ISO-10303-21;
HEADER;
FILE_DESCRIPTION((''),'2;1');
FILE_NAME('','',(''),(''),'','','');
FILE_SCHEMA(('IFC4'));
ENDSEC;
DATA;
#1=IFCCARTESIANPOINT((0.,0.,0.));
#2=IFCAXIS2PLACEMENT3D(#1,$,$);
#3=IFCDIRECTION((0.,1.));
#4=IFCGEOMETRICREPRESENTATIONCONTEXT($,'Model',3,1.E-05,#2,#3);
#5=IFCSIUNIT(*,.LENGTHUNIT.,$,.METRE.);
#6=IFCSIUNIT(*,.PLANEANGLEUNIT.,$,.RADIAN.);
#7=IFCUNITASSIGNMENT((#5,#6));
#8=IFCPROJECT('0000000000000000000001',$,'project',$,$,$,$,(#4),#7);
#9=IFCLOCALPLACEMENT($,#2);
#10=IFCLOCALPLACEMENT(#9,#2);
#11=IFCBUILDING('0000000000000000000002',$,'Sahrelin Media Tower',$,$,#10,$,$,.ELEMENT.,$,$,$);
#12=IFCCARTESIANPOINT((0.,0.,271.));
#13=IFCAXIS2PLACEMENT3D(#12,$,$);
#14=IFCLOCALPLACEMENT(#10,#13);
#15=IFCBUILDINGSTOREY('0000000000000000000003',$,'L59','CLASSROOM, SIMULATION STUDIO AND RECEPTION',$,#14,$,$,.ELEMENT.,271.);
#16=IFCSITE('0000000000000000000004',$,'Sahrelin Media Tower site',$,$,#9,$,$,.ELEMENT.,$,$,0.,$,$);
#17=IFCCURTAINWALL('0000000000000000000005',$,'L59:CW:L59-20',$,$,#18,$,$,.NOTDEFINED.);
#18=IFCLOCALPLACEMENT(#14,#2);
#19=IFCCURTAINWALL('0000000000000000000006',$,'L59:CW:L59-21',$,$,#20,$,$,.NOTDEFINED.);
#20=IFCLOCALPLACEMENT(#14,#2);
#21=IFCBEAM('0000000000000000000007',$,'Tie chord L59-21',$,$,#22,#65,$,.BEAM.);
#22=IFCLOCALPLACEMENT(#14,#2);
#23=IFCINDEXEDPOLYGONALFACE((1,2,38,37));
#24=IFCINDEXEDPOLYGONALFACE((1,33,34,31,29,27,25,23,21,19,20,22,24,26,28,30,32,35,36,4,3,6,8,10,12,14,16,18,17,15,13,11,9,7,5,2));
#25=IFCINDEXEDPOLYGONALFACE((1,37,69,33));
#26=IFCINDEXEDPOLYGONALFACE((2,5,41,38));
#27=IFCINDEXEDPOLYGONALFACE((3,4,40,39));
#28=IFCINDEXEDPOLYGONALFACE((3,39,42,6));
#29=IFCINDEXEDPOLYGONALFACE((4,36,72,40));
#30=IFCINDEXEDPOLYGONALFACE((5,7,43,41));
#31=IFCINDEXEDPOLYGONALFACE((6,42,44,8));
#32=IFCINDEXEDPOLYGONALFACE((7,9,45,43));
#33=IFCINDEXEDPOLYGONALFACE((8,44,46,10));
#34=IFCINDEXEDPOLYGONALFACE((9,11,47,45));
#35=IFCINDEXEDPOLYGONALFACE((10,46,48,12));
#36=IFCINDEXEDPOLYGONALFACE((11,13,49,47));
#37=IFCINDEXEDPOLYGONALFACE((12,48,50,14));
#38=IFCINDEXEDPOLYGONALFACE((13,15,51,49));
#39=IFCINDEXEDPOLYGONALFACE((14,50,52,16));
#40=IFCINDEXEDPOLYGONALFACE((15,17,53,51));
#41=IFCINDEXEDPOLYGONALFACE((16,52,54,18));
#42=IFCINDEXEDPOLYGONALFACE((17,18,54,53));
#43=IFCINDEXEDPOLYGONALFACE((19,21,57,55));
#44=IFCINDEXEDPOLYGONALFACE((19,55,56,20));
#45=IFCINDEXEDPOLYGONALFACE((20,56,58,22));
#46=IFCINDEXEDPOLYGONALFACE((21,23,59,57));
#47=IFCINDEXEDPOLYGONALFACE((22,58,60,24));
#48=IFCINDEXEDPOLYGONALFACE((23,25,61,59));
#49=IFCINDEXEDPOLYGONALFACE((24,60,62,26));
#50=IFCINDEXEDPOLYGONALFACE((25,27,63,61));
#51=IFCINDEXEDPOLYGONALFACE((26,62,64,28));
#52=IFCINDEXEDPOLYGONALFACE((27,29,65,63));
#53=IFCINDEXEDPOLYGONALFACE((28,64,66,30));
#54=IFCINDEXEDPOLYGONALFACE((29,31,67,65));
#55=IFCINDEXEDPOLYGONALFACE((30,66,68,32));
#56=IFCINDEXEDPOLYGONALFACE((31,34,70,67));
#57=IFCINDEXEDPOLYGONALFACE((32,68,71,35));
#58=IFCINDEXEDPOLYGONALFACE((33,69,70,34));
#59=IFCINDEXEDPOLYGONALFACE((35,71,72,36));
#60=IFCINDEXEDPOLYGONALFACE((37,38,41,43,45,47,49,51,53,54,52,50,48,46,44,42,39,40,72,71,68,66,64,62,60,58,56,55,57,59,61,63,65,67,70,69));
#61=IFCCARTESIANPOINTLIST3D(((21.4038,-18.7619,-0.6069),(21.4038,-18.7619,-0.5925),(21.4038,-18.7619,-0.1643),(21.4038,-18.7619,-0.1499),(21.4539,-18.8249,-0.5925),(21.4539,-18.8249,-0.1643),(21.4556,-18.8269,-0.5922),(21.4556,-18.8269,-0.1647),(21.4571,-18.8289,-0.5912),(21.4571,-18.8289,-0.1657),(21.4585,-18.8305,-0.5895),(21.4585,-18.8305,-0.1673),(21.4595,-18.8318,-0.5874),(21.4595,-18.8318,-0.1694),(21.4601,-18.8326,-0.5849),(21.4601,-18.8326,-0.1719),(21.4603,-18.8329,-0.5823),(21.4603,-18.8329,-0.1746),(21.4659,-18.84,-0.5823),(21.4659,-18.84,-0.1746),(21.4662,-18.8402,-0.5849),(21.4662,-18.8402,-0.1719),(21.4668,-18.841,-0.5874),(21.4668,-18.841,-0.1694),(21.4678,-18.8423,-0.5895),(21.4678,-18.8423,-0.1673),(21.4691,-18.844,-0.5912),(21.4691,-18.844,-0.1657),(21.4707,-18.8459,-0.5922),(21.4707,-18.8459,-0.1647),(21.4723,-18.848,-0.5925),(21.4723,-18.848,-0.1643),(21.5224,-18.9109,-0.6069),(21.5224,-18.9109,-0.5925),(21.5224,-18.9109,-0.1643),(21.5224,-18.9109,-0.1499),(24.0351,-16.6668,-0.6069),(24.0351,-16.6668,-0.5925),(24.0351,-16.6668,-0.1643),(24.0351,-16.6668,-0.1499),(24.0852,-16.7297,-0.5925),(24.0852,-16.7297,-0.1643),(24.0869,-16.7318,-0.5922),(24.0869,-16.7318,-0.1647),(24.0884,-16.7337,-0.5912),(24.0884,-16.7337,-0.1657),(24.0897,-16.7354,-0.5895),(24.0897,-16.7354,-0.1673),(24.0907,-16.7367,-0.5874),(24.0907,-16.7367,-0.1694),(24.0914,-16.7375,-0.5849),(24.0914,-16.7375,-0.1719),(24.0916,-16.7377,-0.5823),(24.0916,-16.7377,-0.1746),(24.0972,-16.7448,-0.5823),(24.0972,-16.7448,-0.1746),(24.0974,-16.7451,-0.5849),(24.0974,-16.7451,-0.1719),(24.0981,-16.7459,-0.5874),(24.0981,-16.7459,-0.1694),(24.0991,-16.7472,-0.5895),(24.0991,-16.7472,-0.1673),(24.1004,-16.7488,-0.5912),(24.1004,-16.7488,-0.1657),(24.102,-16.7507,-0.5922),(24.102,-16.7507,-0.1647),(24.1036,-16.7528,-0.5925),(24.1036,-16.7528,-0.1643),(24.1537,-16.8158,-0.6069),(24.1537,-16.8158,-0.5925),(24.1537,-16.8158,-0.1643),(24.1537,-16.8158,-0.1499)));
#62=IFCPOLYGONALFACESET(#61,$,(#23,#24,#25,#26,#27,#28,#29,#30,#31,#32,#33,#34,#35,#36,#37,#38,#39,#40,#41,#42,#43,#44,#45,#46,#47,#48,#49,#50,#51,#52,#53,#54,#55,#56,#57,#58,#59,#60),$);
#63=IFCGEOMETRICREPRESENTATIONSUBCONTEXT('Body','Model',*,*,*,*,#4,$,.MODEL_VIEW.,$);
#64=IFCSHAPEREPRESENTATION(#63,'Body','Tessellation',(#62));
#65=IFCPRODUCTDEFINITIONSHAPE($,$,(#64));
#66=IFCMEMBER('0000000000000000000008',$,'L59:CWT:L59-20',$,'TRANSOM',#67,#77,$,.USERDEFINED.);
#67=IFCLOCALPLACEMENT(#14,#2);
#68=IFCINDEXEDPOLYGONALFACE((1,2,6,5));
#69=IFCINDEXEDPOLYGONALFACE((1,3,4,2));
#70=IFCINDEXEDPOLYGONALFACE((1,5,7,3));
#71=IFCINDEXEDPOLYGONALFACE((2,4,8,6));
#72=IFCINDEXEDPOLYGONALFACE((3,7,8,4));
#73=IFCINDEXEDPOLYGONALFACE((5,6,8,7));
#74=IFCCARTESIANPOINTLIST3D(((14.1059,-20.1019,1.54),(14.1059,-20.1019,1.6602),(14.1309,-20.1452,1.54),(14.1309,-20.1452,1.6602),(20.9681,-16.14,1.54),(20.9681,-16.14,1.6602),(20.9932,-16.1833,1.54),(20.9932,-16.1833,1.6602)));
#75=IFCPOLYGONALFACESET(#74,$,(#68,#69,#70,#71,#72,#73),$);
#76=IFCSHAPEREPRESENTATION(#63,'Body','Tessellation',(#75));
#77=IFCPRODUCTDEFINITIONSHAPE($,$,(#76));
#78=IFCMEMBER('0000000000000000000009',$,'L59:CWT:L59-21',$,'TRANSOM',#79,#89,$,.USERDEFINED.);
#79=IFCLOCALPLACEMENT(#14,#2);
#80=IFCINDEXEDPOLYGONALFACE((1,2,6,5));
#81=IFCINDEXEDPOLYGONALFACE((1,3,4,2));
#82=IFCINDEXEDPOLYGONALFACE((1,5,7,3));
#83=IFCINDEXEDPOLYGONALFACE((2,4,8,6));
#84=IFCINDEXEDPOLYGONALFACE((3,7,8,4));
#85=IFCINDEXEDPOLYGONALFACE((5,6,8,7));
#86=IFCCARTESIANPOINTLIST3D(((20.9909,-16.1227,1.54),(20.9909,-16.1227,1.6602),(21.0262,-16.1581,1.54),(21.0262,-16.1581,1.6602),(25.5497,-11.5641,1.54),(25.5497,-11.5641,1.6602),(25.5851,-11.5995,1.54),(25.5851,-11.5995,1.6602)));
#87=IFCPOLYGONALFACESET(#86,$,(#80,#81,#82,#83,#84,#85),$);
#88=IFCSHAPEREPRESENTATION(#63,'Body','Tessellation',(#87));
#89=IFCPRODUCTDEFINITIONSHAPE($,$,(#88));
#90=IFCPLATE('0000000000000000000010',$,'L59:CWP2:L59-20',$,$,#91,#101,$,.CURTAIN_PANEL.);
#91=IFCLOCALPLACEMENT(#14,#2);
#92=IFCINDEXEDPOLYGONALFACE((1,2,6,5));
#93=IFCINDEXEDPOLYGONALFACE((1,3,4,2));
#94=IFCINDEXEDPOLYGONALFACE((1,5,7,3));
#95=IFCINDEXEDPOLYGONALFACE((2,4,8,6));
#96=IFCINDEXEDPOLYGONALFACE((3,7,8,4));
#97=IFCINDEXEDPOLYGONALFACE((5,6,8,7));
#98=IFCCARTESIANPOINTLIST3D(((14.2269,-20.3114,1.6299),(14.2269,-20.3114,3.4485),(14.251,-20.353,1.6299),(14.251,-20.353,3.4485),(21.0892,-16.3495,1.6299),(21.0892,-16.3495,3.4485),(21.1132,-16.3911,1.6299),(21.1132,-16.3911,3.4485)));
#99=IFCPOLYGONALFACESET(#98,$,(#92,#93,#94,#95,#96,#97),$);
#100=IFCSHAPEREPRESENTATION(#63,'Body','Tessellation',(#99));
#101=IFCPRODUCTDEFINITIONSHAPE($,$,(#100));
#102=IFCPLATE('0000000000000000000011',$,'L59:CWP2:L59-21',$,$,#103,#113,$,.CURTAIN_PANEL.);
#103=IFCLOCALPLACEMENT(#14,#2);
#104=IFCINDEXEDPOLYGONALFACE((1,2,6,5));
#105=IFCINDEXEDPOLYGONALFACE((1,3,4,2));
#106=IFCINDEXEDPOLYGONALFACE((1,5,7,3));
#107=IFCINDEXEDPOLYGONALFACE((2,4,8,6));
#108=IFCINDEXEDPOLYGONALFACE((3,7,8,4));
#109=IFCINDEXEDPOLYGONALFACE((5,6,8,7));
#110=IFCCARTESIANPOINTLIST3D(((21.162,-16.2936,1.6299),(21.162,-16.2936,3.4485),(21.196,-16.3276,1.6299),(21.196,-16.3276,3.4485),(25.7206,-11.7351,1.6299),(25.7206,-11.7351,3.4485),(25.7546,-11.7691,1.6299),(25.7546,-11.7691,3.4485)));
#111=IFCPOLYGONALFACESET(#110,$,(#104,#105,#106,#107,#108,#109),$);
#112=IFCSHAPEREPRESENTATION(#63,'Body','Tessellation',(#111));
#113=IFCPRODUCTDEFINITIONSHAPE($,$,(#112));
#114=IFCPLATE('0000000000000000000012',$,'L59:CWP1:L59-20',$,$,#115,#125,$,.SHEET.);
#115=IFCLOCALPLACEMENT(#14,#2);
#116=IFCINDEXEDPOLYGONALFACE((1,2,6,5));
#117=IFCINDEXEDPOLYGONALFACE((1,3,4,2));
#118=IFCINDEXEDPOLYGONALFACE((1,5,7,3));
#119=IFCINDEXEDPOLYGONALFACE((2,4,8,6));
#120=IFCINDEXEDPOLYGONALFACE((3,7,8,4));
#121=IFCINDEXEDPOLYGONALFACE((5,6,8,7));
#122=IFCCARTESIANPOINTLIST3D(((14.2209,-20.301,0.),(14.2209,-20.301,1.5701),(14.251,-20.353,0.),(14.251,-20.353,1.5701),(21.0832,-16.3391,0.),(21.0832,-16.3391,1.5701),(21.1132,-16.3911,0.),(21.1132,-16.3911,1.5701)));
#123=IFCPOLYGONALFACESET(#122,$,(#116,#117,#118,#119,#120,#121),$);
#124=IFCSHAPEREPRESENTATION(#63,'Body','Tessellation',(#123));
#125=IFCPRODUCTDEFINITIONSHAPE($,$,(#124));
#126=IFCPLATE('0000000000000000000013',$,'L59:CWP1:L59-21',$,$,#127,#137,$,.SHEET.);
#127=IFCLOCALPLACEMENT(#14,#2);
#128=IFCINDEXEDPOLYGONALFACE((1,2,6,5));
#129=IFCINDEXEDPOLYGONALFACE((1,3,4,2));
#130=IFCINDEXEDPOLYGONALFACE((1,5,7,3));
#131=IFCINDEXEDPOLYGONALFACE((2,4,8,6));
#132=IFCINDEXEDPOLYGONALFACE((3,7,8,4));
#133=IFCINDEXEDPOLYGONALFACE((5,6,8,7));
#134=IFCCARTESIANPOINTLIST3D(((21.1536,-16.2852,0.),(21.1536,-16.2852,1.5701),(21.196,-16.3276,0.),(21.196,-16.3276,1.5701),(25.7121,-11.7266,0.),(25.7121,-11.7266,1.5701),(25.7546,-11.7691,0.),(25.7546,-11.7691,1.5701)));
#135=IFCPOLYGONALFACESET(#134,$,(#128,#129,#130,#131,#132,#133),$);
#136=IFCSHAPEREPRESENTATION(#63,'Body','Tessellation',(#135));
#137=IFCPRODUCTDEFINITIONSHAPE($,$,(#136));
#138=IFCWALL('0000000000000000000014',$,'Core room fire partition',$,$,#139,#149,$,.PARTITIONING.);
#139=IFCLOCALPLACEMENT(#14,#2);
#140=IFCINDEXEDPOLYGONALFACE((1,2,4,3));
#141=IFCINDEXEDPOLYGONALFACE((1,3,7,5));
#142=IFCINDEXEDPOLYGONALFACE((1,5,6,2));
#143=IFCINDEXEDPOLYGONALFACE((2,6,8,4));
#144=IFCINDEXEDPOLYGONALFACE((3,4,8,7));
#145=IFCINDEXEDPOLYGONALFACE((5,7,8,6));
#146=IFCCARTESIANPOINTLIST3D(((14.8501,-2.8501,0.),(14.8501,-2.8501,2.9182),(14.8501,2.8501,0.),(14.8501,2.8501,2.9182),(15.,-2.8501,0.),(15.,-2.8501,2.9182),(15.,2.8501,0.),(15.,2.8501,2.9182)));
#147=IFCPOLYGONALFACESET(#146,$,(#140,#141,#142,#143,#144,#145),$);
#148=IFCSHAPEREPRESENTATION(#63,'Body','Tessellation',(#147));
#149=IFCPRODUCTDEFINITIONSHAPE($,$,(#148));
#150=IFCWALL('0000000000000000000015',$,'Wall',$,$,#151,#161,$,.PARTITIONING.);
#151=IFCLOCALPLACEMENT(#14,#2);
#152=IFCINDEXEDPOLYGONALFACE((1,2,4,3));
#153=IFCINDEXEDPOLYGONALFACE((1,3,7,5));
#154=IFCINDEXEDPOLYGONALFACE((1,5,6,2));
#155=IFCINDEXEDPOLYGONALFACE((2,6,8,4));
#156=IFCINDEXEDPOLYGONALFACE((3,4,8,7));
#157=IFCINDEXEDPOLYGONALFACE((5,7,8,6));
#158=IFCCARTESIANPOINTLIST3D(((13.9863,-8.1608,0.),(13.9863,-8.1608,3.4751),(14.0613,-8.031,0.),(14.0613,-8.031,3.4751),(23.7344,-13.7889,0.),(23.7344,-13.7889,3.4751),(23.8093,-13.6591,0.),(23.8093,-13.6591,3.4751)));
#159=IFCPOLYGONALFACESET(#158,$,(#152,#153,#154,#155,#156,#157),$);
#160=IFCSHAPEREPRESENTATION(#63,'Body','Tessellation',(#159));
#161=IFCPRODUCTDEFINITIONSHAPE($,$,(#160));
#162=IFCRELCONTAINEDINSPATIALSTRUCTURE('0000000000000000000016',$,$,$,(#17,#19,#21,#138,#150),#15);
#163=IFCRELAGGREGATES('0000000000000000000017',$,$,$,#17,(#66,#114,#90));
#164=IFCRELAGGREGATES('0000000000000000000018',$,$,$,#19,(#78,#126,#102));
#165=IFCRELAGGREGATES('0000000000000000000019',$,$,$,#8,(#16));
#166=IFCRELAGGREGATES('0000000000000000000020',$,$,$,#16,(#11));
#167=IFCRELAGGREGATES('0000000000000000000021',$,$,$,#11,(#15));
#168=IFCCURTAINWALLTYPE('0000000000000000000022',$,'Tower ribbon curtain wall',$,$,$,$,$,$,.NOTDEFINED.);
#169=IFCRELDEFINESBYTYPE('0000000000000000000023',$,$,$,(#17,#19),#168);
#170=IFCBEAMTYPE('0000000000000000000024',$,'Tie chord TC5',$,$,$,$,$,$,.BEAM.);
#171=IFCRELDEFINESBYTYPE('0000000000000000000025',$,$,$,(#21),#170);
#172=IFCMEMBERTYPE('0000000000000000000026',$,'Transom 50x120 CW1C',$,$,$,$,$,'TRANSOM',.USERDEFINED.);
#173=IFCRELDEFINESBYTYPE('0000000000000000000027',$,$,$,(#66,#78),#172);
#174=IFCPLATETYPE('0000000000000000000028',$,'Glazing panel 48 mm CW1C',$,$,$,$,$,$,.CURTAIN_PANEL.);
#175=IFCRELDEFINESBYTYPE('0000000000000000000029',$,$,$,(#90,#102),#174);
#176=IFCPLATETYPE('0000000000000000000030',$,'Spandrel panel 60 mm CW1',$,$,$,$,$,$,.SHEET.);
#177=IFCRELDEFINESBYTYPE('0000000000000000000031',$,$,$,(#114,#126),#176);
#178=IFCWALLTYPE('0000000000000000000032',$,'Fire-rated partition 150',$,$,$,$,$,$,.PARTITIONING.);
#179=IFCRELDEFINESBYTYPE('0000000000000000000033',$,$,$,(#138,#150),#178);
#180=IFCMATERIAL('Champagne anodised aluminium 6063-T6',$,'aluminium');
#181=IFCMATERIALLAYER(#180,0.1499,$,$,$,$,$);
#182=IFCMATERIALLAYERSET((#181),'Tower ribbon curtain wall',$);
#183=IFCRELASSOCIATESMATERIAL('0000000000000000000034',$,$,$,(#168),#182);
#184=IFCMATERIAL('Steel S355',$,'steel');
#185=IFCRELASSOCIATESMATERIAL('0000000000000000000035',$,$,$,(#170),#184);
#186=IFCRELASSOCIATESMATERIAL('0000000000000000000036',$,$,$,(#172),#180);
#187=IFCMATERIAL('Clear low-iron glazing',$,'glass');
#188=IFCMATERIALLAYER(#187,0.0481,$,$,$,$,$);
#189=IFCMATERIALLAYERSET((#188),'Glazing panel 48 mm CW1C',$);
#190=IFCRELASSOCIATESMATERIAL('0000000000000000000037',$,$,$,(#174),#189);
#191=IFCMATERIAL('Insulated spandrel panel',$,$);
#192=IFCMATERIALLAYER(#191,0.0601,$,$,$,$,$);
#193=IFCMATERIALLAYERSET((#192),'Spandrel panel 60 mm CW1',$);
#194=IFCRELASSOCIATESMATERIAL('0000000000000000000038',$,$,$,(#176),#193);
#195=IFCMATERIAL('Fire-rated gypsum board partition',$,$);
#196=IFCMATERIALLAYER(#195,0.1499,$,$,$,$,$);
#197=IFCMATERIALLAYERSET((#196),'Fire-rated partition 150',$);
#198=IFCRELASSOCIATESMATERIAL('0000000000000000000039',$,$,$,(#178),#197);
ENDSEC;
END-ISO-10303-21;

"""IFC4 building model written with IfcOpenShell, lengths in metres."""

from ifc_helpers import new_model, si_unit, direction, frame, frame_2d, origin, origin_2d, place, context, subcontext, project, spatial, polyline, rectangle, i_section, outline, extrude, material, layer, layer_set, material_profile, profile_set, type_object, element, aggregate, save


model = new_model("IFC4")

# Units and contexts
model_context = context("Model", 3, precision=1e-05, world=origin(), true_north=direction((0.0, 1.0)))
body_context = subcontext(model_context, "Body", "Model", "MODEL_VIEW")
ifc_project = project(units=[si_unit("LENGTHUNIT", "METRE"), si_unit("PLANEANGLEUNIT", "RADIAN")], contexts=[model_context])

# Site, building, storey
site_placement = place(None, origin())
site = spatial("IfcSite", under=ifc_project, at=site_placement, Name="Sahrelin Media Tower site", CompositionType="ELEMENT", RefElevation=0.0)
building_placement = place(site_placement, origin())
building = spatial("IfcBuilding", under=site, at=building_placement, Name="Sahrelin Media Tower", CompositionType="ELEMENT")
storey_placement = place(building_placement, frame((0.0, 0.0, 271.0)))
storey = spatial("IfcBuildingStorey", under=building, at=storey_placement, Name="L59", Description="CLASSROOM, SIMULATION STUDIO AND RECEPTION", CompositionType="ELEMENT", Elevation=271.0)

# Shared definitions
ifc_material_1 = material(Name="Steel S355", Category="steel")

# Curtain walls
ifc_material_2 = material(Name="Champagne anodised aluminium 6063-T6", Category="aluminium")
ifc_layer_1 = layer(ifc_material_2, 0.1499)
ifc_layer_set_1 = layer_set([ifc_layer_1], Name="Tower ribbon curtain wall")
curtain_wall_type = type_object("IfcCurtainWallType", Name="Tower ribbon curtain wall", PredefinedType="NOTDEFINED", material=ifc_layer_set_1)
curtain_wall_1_placement = place(storey_placement, frame((17.6721, -18.3547, 0.0), z_axis=(0.0, 0.0, 1.0), x_axis=(1.0, 0.0, 0.0)))
curtain_wall_1 = element("IfcCurtainWall", 1, at=curtain_wall_1_placement, inside=storey, type_object=curtain_wall_type, Name="L59:CW:L59-20", PredefinedType="NOTDEFINED")
curtain_wall_2_placement = place(storey_placement, frame((23.4612, -14.0342, 0.0), z_axis=(0.0, 0.0, 1.0), x_axis=(1.0, 0.0, 0.0)))
curtain_wall_2 = element("IfcCurtainWall", 2, at=curtain_wall_2_placement, inside=storey, type_object=curtain_wall_type, Name="L59:CW:L59-21", PredefinedType="NOTDEFINED")

# Beam
ifc_material_profile_1 = material_profile(ifc_material_1, i_section(OverallWidth=0.1904, OverallDepth=0.457, WebThickness=0.009, FlangeThickness=0.0144, FilletRadius=0.0103, at=origin_2d()), Name="UB 457x191x74")
ifc_profile_set_1 = profile_set([ifc_material_profile_1], Name="Steel S355")
beam_type_1 = type_object("IfcBeamType", Name="Tie chord TC5", PredefinedType="BEAM", material=ifc_profile_set_1)
beam_1_placement = place(storey_placement, frame((21.4631, -18.8364, -0.3784), z_axis=(0.782297, 0.622905, 0.0), x_axis=(-0.622905, 0.782297, 0.0)))
element("IfcBeam", 3, at=beam_1_placement, inside=storey, type_object=beam_type_1, Name="Tie chord L59-21", PredefinedType="BEAM", context=body_context, shape_type="SweptSolid", body=[
    extrude(i_section(OverallWidth=0.1904, OverallDepth=0.457, WebThickness=0.009, FlangeThickness=0.0144, FilletRadius=0.0103, at=origin_2d()), origin(), (0.0, 0.0, 1.0), 3.3635),
])

# Members
ifc_material_profile_2 = material_profile(ifc_material_2, rectangle(XDim=0.05, YDim=0.1201, at=origin_2d()), Name="Transom 50x120")
ifc_profile_set_2 = profile_set([ifc_material_profile_2], Name="Champagne anodised aluminium 6063-T6")
member_type_1 = type_object("IfcMemberType", Name="Transom 50x120 CW1C", ElementType="TRANSOM", PredefinedType="USERDEFINED", material=ifc_profile_set_2)
member_1_placement = place(storey_placement, frame((14.1184, -20.1235, 1.6001), z_axis=(0.866028, 0.499996, 0.0), x_axis=(-0.499996, 0.866028, 0.0)))
member_1 = element("IfcMember", 4, at=member_1_placement, type_object=member_type_1, Name="L59:CWT:L59-20", ObjectType="TRANSOM", PredefinedType="USERDEFINED", context=body_context, shape_type="SweptSolid", body=[
    extrude(rectangle(XDim=0.05, YDim=0.1201, at=origin_2d()), origin(), (0.0, 0.0, 1.0), 7.9238),
])
member_2_placement = place(storey_placement, frame((21.0085, -16.1404, 1.6001), z_axis=(0.707126, 0.707088, 0.0), x_axis=(-0.707088, 0.707126, 0.0)))
member_2 = element("IfcMember", 5, at=member_2_placement, type_object=member_type_1, Name="L59:CWT:L59-21", ObjectType="TRANSOM", PredefinedType="USERDEFINED", context=body_context, shape_type="SweptSolid", body=[
    extrude(rectangle(XDim=0.05, YDim=0.1201, at=origin_2d()), origin(), (0.0, 0.0, 1.0), 6.447),
])

# Plates
ifc_material_3 = material(Name="Clear low-iron glazing", Category="glass")
ifc_layer_2 = layer(ifc_material_3, 0.0481)
ifc_layer_set_2 = layer_set([ifc_layer_2], Name="Glazing panel 48 mm CW1C")
plate_type_1 = type_object("IfcPlateType", Name="Glazing panel 48 mm CW1C", PredefinedType="CURTAIN_PANEL", material=ifc_layer_set_2)
plate_1_placement = place(storey_placement, frame((14.251, -20.353, 1.6299), z_axis=(0.499996, -0.866028, 0.0), x_axis=(0.866028, 0.499996, 0.0)))
plate_1 = element("IfcPlate", 6, at=plate_1_placement, type_object=plate_type_1, Name="L59:CWP2:L59-20", PredefinedType="CURTAIN_PANEL", context=body_context, shape_type="SweptSolid", body=[
    extrude(outline(polyline([(0.0, 0.0), (7.9238, 0.0), (7.9238, 1.8186), (0.0, 1.8186), (0.0, 0.0)])), origin(), (0.0, 0.0, -1.0), 0.0481),
])
plate_2_placement = place(storey_placement, frame((21.196, -16.3276, 1.6299), z_axis=(0.707107, -0.707107, 0.0), x_axis=(0.707107, 0.707107, 0.0)))
plate_2 = element("IfcPlate", 7, at=plate_2_placement, type_object=plate_type_1, Name="L59:CWP2:L59-21", PredefinedType="CURTAIN_PANEL", context=body_context, shape_type="SweptSolid", body=[
    extrude(outline(polyline([(0.0, 0.0), (6.4468, 0.0), (6.4468, 1.8186), (0.0, 1.8186), (0.0, 0.0)])), origin(), (0.0, 0.0, -1.0), 0.0481),
])
ifc_material_4 = material(Name="Insulated spandrel panel")
ifc_layer_3 = layer(ifc_material_4, 0.0601)
ifc_layer_set_3 = layer_set([ifc_layer_3], Name="Spandrel panel 60 mm CW1")
plate_type_2 = type_object("IfcPlateType", Name="Spandrel panel 60 mm CW1", PredefinedType="SHEET", material=ifc_layer_set_3)
plate_3_placement = place(storey_placement, frame((14.251, -20.353, 0.0), z_axis=(0.499996, -0.866028, 0.0), x_axis=(0.866028, 0.499996, 0.0)))
plate_3 = element("IfcPlate", 8, at=plate_3_placement, type_object=plate_type_2, Name="L59:CWP1:L59-20", PredefinedType="SHEET", context=body_context, shape_type="SweptSolid", body=[
    extrude(outline(polyline([(0.0, 0.0), (7.9238, 0.0), (7.9238, 1.5701), (0.0, 1.5701), (0.0, 0.0)])), origin(), (0.0, 0.0, -1.0), 0.0601),
])
aggregate(curtain_wall_1, [member_1, plate_3, plate_1])
plate_4_placement = place(storey_placement, frame((21.196, -16.3276, 0.0), z_axis=(0.707107, -0.707107, 0.0), x_axis=(0.707107, 0.707107, 0.0)))
plate_4 = element("IfcPlate", 9, at=plate_4_placement, type_object=plate_type_2, Name="L59:CWP1:L59-21", PredefinedType="SHEET", context=body_context, shape_type="SweptSolid", body=[
    extrude(outline(polyline([(0.0, 0.0), (6.4468, 0.0), (6.4468, 1.5701), (0.0, 1.5701), (0.0, 0.0)])), origin(), (0.0, 0.0, -1.0), 0.0601),
])
aggregate(curtain_wall_2, [member_2, plate_4, plate_2])

# Walls
ifc_material_5 = material(Name="Fire-rated gypsum board partition")
ifc_layer_4 = layer(ifc_material_5, 0.1499)
ifc_layer_set_4 = layer_set([ifc_layer_4], Name="Fire-rated partition 150")
wall_type_1 = type_object("IfcWallType", Name="Fire-rated partition 150", PredefinedType="PARTITIONING", material=ifc_layer_set_4)
wall_1_placement = place(storey_placement, frame((14.925, -2.8501, 0.0), z_axis=(0.0, 0.0, 1.0), x_axis=(0.0, 1.0, 0.0)))
element("IfcWall", 10, at=wall_1_placement, inside=storey, type_object=wall_type_1, Name="Core room fire partition", PredefinedType="PARTITIONING", context=body_context, shape_type="SweptSolid", body=[
    extrude(rectangle(XDim=5.7002, YDim=0.1499, at=frame_2d((2.8501, 0.0))), origin(), (0.0, 0.0, 1.0), 2.9182),
])
wall_2_placement = place(storey_placement, frame((14.0239, -8.0959, 0.0), z_axis=(0.0, 0.0, 1.0), x_axis=(0.86602, -0.500009, 0.0)))
element("IfcWall", 11, at=wall_2_placement, inside=storey, type_object=wall_type_1, Name="Wall", PredefinedType="PARTITIONING", context=body_context, shape_type="SweptSolid", body=[
    extrude(rectangle(XDim=11.2561, YDim=0.1499, at=frame_2d((5.6279, 0.0))), origin(), (0.0, 0.0, 1.0), 3.4751),
])

save(model, "model.ifc")
